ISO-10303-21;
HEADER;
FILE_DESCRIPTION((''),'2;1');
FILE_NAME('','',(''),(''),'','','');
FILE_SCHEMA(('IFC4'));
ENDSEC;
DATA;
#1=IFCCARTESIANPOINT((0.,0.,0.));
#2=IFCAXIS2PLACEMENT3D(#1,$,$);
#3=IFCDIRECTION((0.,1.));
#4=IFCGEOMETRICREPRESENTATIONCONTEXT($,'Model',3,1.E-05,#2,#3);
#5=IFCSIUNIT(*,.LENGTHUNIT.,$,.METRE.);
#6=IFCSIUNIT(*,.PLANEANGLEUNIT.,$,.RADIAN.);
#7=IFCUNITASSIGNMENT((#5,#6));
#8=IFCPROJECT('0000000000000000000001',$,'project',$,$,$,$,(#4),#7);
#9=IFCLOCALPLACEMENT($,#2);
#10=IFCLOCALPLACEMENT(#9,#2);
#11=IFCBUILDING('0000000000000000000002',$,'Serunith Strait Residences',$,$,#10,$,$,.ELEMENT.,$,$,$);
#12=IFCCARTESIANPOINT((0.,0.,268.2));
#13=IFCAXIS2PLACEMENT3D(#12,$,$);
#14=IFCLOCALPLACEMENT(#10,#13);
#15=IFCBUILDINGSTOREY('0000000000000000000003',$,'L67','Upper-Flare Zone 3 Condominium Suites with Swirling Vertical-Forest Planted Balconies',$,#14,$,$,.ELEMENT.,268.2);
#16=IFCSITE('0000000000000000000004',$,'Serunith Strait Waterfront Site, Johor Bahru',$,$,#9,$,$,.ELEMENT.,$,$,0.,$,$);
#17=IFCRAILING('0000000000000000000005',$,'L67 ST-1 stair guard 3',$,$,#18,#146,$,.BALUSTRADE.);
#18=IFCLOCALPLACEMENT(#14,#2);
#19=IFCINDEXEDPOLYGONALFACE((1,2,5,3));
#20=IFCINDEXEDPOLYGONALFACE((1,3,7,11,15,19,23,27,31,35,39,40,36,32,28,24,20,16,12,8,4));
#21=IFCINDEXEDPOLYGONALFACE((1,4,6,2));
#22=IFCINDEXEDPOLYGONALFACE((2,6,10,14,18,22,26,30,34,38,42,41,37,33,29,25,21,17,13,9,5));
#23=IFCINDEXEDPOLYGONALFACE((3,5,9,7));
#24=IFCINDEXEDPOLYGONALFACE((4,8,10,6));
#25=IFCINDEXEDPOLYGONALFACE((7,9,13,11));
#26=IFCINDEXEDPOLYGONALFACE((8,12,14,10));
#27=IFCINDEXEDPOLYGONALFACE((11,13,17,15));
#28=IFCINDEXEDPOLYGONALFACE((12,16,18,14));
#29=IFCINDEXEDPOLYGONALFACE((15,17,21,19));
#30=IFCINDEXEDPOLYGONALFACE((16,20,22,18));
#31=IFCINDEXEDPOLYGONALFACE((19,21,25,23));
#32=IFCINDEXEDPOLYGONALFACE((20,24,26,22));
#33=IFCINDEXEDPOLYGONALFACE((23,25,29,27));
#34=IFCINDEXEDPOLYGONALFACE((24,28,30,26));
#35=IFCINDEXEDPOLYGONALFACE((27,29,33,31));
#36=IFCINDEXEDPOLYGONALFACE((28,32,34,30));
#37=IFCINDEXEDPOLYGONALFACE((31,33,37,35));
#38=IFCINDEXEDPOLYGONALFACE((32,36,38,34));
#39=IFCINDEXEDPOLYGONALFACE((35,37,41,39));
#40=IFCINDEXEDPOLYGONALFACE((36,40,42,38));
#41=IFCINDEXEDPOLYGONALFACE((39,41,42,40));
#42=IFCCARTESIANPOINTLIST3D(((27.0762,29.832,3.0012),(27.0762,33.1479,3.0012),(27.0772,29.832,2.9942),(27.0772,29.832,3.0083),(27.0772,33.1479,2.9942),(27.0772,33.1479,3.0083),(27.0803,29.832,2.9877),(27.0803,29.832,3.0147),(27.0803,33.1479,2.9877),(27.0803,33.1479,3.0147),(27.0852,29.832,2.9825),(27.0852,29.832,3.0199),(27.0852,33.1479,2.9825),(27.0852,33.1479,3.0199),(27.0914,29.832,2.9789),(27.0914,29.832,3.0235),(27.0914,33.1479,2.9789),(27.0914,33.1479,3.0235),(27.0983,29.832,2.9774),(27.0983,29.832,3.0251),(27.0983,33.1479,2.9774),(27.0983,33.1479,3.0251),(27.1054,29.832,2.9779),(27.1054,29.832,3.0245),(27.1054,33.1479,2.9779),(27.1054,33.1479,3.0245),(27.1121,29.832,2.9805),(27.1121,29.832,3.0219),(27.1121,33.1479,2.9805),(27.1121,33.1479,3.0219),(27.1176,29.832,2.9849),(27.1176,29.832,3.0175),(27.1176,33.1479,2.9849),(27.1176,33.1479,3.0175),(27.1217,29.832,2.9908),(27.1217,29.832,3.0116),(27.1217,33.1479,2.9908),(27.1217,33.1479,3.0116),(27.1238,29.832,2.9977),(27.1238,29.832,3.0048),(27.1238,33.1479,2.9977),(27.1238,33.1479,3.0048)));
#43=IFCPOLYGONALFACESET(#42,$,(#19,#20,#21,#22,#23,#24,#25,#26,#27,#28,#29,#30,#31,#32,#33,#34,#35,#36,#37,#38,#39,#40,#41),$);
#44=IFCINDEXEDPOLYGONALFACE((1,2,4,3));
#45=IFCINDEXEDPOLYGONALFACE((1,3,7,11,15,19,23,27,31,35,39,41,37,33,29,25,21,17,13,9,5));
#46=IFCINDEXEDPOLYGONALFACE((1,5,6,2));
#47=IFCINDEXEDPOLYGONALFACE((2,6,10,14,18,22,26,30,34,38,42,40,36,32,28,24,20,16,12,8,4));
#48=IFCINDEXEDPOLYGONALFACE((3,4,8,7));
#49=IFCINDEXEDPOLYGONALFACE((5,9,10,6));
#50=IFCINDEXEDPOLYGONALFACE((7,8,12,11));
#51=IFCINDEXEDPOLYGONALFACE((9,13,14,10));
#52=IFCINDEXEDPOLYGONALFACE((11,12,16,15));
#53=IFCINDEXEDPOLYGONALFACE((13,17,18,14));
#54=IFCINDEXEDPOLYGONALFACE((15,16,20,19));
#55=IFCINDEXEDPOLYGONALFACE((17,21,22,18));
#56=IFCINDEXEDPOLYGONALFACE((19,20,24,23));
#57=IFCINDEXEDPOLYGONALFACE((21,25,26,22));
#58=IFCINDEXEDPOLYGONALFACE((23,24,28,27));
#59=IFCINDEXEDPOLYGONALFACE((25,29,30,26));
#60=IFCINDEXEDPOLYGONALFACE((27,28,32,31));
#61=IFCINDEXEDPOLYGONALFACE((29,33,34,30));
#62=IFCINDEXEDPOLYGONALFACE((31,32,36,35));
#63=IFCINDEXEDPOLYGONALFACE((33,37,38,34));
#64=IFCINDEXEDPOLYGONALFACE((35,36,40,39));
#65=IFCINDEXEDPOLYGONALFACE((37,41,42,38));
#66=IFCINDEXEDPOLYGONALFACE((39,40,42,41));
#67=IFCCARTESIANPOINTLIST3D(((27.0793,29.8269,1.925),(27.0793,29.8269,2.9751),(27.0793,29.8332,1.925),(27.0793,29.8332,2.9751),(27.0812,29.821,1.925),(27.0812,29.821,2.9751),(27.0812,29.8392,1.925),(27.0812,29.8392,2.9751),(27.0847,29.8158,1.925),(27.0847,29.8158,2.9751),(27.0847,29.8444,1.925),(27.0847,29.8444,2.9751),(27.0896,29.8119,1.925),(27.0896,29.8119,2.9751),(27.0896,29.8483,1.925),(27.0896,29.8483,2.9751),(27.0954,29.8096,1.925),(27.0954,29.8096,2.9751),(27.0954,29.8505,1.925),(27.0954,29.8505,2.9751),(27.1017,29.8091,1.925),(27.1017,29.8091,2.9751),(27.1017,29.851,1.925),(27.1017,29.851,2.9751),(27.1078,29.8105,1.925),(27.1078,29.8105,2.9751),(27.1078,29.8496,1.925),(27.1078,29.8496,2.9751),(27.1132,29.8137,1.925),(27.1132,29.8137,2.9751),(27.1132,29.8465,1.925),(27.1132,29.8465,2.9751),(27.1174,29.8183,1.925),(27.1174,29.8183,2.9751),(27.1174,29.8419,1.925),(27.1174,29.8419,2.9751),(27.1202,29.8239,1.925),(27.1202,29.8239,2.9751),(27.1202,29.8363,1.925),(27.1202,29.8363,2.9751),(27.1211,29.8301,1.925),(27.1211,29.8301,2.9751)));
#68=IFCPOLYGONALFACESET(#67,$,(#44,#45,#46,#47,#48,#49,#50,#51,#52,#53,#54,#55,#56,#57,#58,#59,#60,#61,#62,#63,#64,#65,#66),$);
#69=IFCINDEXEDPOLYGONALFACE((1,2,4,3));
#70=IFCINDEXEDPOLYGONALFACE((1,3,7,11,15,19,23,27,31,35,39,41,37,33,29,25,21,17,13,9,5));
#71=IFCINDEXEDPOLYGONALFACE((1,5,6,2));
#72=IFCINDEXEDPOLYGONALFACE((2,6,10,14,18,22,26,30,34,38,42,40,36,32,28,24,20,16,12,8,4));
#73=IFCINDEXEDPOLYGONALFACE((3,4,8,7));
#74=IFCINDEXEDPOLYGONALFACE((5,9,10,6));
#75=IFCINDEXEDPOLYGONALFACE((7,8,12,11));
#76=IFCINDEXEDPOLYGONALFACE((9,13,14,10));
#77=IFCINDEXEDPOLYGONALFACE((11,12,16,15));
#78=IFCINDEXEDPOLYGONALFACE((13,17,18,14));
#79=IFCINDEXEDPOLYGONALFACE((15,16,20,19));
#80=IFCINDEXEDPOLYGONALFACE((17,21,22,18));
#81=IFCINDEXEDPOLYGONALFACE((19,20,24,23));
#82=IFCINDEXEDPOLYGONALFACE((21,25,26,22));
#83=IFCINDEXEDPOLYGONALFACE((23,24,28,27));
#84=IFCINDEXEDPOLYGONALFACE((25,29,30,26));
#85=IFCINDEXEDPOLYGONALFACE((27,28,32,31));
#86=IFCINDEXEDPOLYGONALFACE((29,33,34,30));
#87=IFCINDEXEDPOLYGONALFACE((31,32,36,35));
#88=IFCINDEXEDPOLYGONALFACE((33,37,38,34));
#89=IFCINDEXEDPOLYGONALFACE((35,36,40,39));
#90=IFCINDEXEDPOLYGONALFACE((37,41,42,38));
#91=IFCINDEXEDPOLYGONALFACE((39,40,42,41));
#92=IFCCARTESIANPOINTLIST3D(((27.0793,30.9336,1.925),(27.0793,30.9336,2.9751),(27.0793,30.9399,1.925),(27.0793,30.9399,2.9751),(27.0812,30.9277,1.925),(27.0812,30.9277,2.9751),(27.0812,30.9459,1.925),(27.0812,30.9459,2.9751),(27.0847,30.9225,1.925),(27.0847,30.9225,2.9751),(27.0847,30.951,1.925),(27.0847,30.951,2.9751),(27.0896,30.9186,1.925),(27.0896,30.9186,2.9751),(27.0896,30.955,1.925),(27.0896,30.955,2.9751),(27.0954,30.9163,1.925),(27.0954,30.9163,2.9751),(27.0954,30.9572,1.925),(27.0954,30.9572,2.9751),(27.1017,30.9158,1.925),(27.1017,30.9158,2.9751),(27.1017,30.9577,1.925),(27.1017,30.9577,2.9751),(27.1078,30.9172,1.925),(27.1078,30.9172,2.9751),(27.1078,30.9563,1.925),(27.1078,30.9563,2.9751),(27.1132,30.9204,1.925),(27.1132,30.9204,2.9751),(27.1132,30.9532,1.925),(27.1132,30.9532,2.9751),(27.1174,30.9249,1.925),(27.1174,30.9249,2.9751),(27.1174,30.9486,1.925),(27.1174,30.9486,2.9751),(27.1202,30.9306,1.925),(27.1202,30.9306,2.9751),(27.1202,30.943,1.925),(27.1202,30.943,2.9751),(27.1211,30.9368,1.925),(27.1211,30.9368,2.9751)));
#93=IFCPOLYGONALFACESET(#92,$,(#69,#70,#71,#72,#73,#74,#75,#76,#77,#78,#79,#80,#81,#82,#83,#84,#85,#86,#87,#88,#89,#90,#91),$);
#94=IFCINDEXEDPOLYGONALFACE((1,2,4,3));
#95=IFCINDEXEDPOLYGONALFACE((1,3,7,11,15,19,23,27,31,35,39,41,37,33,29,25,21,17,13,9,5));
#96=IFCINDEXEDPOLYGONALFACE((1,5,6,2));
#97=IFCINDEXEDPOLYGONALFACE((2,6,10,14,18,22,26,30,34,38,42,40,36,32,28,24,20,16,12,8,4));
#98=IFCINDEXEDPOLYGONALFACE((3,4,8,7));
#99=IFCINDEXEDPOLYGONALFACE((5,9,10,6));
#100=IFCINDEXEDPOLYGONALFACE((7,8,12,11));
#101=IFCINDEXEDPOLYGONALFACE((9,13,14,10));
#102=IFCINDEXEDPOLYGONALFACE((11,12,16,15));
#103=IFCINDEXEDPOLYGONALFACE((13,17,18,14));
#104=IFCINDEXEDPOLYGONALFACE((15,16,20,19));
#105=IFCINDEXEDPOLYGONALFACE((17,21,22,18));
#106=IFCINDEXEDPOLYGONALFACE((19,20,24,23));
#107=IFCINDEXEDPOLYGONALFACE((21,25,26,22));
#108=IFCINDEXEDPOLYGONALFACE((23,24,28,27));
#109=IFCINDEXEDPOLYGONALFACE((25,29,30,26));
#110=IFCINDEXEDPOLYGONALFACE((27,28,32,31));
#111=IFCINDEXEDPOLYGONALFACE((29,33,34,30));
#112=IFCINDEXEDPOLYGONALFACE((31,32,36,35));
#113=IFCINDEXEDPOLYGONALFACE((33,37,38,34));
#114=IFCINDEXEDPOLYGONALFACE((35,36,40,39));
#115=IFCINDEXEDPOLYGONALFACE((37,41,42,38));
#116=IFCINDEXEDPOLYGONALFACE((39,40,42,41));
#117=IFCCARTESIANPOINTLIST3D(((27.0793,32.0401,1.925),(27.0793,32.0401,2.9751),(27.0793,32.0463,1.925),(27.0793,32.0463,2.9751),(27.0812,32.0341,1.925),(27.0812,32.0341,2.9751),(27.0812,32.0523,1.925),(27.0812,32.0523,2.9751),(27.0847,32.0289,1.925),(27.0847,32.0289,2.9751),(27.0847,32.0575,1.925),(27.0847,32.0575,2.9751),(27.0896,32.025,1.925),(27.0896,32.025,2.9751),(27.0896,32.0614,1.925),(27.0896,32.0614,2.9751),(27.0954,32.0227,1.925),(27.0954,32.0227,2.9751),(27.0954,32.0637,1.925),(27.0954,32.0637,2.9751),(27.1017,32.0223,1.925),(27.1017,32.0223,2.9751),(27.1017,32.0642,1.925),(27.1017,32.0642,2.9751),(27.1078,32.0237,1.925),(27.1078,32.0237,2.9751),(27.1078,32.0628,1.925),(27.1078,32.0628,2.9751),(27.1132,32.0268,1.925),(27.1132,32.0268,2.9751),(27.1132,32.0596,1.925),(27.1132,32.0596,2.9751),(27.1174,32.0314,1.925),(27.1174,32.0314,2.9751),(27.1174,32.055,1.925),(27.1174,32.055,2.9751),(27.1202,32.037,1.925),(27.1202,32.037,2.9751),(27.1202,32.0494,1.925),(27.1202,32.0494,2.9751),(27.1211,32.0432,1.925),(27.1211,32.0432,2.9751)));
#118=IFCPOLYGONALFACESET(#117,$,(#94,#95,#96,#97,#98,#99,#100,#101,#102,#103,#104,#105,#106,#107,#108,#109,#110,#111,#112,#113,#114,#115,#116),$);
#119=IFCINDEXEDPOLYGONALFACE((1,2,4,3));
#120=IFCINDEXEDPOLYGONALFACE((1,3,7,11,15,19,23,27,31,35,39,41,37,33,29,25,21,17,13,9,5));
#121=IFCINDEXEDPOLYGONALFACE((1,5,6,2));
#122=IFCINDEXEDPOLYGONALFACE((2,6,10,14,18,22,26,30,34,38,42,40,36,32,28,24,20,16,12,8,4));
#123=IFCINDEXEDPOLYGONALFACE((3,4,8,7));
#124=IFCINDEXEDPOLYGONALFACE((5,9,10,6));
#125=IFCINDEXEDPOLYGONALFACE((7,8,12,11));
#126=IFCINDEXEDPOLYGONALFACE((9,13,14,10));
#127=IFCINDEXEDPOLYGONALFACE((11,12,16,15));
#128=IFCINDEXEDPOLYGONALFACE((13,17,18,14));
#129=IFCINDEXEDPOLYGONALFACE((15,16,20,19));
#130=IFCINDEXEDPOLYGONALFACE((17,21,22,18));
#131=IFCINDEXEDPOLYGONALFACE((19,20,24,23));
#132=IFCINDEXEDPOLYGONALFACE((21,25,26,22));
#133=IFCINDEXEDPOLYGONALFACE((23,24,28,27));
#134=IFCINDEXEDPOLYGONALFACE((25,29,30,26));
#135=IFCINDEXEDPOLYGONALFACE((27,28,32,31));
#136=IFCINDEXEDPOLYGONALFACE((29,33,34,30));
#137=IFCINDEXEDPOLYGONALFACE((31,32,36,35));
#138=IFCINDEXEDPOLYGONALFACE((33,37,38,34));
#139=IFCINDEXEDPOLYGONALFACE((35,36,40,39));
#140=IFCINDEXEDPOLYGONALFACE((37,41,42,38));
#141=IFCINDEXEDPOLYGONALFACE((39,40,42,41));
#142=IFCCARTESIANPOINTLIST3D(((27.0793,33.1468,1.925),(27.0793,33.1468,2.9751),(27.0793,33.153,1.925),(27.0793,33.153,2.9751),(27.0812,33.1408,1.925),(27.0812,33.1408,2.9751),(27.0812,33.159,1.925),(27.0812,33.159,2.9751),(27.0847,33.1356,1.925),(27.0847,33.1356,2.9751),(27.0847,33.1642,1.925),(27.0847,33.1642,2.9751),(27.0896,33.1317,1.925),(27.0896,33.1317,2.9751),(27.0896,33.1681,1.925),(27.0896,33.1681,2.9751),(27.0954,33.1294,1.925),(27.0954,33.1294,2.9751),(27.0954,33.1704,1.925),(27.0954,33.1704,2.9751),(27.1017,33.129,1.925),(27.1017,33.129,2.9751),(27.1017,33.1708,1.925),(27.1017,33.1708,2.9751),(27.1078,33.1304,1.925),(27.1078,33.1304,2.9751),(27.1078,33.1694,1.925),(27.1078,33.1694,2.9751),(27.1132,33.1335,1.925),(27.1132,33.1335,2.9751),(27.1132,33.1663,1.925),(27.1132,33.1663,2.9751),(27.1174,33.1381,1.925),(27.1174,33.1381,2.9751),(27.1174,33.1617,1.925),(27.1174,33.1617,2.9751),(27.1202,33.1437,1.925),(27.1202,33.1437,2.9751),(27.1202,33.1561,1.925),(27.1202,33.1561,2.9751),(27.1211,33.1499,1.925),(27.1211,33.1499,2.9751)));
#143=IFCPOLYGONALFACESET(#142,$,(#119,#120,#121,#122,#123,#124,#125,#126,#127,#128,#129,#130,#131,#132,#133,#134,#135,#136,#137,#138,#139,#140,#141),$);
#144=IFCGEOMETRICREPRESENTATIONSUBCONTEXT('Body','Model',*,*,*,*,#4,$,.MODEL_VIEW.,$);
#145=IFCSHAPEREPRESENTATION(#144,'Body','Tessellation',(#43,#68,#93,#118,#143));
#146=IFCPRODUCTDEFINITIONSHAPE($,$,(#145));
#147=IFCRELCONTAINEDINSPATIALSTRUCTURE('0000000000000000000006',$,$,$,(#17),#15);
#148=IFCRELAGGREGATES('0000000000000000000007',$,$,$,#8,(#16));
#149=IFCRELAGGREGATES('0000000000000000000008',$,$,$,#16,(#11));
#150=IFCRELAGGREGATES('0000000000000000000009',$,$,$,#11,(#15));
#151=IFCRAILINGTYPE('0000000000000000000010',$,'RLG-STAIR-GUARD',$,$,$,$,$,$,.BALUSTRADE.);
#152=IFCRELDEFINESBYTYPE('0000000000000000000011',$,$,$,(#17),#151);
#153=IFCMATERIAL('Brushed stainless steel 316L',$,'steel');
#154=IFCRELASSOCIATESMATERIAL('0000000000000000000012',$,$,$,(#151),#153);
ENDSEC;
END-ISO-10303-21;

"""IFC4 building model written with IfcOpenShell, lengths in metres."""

from ifc_helpers import new_model, si_unit, direction, frame, origin, origin_2d, place, context, subcontext, project, spatial, circle, extrude, material, type_object, element, save


model = new_model("IFC4")

# Units and contexts
model_context = context("Model", 3, precision=1e-05, world=origin(), true_north=direction((0.0, 1.0)))
body_context = subcontext(model_context, "Body", "Model", "MODEL_VIEW")
ifc_project = project(units=[si_unit("LENGTHUNIT", "METRE"), si_unit("PLANEANGLEUNIT", "RADIAN")], contexts=[model_context])

# Site, building, storey
site_placement = place(None, origin())
site = spatial("IfcSite", under=ifc_project, at=site_placement, Name="Serunith Strait Waterfront Site, Johor Bahru", CompositionType="ELEMENT", RefElevation=0.0)
building_placement = place(site_placement, origin())
building = spatial("IfcBuilding", under=site, at=building_placement, Name="Serunith Strait Residences", CompositionType="ELEMENT")
storey_placement = place(building_placement, frame((0.0, 0.0, 268.2)))
storey = spatial("IfcBuildingStorey", under=building, at=storey_placement, Name="L67", Description="Upper-Flare Zone 3 Condominium Suites with Swirling Vertical-Forest Planted Balconies", CompositionType="ELEMENT", Elevation=268.2)

# Railing
ifc_material_1 = material(Name="Brushed stainless steel 316L", Category="steel")
railing_type_1 = type_object("IfcRailingType", Name="RLG-STAIR-GUARD", PredefinedType="BALUSTRADE", material=ifc_material_1)
for number, where, name in (
    (1, (27.1001, 29.8301, 1.925), "L67 ST-1 stair guard 3"),
):
    element("IfcRailing", number, at=place(storey_placement, frame(where)), inside=storey, type_object=railing_type_1, Name=name, PredefinedType="BALUSTRADE", context=body_context, shape_type="SweptSolid", body=[
        extrude(circle(Radius=0.0239, at=origin_2d()), frame((0.0, 0.002, 1.0762), z_axis=(0.0, 1.0, 0.0), x_axis=(-1.0, 0.0, 0.0)), (0.0, 0.0, 1.0), 3.3159),
        extrude(circle(Radius=0.021, at=origin_2d()), origin(), (0.0, 0.0, 1.0), 1.05),
        extrude(circle(Radius=0.021, at=origin_2d()), frame((0.0, 1.1067, 0.0)), (0.0, 0.0, 1.0), 1.05),
        extrude(circle(Radius=0.021, at=origin_2d()), frame((0.0, 2.2131, 0.0)), (0.0, 0.0, 1.0), 1.05),
        extrude(circle(Radius=0.021, at=origin_2d()), frame((0.0, 3.3198, 0.0)), (0.0, 0.0, 1.0), 1.05),
    ])

save(model, "model.ifc")
